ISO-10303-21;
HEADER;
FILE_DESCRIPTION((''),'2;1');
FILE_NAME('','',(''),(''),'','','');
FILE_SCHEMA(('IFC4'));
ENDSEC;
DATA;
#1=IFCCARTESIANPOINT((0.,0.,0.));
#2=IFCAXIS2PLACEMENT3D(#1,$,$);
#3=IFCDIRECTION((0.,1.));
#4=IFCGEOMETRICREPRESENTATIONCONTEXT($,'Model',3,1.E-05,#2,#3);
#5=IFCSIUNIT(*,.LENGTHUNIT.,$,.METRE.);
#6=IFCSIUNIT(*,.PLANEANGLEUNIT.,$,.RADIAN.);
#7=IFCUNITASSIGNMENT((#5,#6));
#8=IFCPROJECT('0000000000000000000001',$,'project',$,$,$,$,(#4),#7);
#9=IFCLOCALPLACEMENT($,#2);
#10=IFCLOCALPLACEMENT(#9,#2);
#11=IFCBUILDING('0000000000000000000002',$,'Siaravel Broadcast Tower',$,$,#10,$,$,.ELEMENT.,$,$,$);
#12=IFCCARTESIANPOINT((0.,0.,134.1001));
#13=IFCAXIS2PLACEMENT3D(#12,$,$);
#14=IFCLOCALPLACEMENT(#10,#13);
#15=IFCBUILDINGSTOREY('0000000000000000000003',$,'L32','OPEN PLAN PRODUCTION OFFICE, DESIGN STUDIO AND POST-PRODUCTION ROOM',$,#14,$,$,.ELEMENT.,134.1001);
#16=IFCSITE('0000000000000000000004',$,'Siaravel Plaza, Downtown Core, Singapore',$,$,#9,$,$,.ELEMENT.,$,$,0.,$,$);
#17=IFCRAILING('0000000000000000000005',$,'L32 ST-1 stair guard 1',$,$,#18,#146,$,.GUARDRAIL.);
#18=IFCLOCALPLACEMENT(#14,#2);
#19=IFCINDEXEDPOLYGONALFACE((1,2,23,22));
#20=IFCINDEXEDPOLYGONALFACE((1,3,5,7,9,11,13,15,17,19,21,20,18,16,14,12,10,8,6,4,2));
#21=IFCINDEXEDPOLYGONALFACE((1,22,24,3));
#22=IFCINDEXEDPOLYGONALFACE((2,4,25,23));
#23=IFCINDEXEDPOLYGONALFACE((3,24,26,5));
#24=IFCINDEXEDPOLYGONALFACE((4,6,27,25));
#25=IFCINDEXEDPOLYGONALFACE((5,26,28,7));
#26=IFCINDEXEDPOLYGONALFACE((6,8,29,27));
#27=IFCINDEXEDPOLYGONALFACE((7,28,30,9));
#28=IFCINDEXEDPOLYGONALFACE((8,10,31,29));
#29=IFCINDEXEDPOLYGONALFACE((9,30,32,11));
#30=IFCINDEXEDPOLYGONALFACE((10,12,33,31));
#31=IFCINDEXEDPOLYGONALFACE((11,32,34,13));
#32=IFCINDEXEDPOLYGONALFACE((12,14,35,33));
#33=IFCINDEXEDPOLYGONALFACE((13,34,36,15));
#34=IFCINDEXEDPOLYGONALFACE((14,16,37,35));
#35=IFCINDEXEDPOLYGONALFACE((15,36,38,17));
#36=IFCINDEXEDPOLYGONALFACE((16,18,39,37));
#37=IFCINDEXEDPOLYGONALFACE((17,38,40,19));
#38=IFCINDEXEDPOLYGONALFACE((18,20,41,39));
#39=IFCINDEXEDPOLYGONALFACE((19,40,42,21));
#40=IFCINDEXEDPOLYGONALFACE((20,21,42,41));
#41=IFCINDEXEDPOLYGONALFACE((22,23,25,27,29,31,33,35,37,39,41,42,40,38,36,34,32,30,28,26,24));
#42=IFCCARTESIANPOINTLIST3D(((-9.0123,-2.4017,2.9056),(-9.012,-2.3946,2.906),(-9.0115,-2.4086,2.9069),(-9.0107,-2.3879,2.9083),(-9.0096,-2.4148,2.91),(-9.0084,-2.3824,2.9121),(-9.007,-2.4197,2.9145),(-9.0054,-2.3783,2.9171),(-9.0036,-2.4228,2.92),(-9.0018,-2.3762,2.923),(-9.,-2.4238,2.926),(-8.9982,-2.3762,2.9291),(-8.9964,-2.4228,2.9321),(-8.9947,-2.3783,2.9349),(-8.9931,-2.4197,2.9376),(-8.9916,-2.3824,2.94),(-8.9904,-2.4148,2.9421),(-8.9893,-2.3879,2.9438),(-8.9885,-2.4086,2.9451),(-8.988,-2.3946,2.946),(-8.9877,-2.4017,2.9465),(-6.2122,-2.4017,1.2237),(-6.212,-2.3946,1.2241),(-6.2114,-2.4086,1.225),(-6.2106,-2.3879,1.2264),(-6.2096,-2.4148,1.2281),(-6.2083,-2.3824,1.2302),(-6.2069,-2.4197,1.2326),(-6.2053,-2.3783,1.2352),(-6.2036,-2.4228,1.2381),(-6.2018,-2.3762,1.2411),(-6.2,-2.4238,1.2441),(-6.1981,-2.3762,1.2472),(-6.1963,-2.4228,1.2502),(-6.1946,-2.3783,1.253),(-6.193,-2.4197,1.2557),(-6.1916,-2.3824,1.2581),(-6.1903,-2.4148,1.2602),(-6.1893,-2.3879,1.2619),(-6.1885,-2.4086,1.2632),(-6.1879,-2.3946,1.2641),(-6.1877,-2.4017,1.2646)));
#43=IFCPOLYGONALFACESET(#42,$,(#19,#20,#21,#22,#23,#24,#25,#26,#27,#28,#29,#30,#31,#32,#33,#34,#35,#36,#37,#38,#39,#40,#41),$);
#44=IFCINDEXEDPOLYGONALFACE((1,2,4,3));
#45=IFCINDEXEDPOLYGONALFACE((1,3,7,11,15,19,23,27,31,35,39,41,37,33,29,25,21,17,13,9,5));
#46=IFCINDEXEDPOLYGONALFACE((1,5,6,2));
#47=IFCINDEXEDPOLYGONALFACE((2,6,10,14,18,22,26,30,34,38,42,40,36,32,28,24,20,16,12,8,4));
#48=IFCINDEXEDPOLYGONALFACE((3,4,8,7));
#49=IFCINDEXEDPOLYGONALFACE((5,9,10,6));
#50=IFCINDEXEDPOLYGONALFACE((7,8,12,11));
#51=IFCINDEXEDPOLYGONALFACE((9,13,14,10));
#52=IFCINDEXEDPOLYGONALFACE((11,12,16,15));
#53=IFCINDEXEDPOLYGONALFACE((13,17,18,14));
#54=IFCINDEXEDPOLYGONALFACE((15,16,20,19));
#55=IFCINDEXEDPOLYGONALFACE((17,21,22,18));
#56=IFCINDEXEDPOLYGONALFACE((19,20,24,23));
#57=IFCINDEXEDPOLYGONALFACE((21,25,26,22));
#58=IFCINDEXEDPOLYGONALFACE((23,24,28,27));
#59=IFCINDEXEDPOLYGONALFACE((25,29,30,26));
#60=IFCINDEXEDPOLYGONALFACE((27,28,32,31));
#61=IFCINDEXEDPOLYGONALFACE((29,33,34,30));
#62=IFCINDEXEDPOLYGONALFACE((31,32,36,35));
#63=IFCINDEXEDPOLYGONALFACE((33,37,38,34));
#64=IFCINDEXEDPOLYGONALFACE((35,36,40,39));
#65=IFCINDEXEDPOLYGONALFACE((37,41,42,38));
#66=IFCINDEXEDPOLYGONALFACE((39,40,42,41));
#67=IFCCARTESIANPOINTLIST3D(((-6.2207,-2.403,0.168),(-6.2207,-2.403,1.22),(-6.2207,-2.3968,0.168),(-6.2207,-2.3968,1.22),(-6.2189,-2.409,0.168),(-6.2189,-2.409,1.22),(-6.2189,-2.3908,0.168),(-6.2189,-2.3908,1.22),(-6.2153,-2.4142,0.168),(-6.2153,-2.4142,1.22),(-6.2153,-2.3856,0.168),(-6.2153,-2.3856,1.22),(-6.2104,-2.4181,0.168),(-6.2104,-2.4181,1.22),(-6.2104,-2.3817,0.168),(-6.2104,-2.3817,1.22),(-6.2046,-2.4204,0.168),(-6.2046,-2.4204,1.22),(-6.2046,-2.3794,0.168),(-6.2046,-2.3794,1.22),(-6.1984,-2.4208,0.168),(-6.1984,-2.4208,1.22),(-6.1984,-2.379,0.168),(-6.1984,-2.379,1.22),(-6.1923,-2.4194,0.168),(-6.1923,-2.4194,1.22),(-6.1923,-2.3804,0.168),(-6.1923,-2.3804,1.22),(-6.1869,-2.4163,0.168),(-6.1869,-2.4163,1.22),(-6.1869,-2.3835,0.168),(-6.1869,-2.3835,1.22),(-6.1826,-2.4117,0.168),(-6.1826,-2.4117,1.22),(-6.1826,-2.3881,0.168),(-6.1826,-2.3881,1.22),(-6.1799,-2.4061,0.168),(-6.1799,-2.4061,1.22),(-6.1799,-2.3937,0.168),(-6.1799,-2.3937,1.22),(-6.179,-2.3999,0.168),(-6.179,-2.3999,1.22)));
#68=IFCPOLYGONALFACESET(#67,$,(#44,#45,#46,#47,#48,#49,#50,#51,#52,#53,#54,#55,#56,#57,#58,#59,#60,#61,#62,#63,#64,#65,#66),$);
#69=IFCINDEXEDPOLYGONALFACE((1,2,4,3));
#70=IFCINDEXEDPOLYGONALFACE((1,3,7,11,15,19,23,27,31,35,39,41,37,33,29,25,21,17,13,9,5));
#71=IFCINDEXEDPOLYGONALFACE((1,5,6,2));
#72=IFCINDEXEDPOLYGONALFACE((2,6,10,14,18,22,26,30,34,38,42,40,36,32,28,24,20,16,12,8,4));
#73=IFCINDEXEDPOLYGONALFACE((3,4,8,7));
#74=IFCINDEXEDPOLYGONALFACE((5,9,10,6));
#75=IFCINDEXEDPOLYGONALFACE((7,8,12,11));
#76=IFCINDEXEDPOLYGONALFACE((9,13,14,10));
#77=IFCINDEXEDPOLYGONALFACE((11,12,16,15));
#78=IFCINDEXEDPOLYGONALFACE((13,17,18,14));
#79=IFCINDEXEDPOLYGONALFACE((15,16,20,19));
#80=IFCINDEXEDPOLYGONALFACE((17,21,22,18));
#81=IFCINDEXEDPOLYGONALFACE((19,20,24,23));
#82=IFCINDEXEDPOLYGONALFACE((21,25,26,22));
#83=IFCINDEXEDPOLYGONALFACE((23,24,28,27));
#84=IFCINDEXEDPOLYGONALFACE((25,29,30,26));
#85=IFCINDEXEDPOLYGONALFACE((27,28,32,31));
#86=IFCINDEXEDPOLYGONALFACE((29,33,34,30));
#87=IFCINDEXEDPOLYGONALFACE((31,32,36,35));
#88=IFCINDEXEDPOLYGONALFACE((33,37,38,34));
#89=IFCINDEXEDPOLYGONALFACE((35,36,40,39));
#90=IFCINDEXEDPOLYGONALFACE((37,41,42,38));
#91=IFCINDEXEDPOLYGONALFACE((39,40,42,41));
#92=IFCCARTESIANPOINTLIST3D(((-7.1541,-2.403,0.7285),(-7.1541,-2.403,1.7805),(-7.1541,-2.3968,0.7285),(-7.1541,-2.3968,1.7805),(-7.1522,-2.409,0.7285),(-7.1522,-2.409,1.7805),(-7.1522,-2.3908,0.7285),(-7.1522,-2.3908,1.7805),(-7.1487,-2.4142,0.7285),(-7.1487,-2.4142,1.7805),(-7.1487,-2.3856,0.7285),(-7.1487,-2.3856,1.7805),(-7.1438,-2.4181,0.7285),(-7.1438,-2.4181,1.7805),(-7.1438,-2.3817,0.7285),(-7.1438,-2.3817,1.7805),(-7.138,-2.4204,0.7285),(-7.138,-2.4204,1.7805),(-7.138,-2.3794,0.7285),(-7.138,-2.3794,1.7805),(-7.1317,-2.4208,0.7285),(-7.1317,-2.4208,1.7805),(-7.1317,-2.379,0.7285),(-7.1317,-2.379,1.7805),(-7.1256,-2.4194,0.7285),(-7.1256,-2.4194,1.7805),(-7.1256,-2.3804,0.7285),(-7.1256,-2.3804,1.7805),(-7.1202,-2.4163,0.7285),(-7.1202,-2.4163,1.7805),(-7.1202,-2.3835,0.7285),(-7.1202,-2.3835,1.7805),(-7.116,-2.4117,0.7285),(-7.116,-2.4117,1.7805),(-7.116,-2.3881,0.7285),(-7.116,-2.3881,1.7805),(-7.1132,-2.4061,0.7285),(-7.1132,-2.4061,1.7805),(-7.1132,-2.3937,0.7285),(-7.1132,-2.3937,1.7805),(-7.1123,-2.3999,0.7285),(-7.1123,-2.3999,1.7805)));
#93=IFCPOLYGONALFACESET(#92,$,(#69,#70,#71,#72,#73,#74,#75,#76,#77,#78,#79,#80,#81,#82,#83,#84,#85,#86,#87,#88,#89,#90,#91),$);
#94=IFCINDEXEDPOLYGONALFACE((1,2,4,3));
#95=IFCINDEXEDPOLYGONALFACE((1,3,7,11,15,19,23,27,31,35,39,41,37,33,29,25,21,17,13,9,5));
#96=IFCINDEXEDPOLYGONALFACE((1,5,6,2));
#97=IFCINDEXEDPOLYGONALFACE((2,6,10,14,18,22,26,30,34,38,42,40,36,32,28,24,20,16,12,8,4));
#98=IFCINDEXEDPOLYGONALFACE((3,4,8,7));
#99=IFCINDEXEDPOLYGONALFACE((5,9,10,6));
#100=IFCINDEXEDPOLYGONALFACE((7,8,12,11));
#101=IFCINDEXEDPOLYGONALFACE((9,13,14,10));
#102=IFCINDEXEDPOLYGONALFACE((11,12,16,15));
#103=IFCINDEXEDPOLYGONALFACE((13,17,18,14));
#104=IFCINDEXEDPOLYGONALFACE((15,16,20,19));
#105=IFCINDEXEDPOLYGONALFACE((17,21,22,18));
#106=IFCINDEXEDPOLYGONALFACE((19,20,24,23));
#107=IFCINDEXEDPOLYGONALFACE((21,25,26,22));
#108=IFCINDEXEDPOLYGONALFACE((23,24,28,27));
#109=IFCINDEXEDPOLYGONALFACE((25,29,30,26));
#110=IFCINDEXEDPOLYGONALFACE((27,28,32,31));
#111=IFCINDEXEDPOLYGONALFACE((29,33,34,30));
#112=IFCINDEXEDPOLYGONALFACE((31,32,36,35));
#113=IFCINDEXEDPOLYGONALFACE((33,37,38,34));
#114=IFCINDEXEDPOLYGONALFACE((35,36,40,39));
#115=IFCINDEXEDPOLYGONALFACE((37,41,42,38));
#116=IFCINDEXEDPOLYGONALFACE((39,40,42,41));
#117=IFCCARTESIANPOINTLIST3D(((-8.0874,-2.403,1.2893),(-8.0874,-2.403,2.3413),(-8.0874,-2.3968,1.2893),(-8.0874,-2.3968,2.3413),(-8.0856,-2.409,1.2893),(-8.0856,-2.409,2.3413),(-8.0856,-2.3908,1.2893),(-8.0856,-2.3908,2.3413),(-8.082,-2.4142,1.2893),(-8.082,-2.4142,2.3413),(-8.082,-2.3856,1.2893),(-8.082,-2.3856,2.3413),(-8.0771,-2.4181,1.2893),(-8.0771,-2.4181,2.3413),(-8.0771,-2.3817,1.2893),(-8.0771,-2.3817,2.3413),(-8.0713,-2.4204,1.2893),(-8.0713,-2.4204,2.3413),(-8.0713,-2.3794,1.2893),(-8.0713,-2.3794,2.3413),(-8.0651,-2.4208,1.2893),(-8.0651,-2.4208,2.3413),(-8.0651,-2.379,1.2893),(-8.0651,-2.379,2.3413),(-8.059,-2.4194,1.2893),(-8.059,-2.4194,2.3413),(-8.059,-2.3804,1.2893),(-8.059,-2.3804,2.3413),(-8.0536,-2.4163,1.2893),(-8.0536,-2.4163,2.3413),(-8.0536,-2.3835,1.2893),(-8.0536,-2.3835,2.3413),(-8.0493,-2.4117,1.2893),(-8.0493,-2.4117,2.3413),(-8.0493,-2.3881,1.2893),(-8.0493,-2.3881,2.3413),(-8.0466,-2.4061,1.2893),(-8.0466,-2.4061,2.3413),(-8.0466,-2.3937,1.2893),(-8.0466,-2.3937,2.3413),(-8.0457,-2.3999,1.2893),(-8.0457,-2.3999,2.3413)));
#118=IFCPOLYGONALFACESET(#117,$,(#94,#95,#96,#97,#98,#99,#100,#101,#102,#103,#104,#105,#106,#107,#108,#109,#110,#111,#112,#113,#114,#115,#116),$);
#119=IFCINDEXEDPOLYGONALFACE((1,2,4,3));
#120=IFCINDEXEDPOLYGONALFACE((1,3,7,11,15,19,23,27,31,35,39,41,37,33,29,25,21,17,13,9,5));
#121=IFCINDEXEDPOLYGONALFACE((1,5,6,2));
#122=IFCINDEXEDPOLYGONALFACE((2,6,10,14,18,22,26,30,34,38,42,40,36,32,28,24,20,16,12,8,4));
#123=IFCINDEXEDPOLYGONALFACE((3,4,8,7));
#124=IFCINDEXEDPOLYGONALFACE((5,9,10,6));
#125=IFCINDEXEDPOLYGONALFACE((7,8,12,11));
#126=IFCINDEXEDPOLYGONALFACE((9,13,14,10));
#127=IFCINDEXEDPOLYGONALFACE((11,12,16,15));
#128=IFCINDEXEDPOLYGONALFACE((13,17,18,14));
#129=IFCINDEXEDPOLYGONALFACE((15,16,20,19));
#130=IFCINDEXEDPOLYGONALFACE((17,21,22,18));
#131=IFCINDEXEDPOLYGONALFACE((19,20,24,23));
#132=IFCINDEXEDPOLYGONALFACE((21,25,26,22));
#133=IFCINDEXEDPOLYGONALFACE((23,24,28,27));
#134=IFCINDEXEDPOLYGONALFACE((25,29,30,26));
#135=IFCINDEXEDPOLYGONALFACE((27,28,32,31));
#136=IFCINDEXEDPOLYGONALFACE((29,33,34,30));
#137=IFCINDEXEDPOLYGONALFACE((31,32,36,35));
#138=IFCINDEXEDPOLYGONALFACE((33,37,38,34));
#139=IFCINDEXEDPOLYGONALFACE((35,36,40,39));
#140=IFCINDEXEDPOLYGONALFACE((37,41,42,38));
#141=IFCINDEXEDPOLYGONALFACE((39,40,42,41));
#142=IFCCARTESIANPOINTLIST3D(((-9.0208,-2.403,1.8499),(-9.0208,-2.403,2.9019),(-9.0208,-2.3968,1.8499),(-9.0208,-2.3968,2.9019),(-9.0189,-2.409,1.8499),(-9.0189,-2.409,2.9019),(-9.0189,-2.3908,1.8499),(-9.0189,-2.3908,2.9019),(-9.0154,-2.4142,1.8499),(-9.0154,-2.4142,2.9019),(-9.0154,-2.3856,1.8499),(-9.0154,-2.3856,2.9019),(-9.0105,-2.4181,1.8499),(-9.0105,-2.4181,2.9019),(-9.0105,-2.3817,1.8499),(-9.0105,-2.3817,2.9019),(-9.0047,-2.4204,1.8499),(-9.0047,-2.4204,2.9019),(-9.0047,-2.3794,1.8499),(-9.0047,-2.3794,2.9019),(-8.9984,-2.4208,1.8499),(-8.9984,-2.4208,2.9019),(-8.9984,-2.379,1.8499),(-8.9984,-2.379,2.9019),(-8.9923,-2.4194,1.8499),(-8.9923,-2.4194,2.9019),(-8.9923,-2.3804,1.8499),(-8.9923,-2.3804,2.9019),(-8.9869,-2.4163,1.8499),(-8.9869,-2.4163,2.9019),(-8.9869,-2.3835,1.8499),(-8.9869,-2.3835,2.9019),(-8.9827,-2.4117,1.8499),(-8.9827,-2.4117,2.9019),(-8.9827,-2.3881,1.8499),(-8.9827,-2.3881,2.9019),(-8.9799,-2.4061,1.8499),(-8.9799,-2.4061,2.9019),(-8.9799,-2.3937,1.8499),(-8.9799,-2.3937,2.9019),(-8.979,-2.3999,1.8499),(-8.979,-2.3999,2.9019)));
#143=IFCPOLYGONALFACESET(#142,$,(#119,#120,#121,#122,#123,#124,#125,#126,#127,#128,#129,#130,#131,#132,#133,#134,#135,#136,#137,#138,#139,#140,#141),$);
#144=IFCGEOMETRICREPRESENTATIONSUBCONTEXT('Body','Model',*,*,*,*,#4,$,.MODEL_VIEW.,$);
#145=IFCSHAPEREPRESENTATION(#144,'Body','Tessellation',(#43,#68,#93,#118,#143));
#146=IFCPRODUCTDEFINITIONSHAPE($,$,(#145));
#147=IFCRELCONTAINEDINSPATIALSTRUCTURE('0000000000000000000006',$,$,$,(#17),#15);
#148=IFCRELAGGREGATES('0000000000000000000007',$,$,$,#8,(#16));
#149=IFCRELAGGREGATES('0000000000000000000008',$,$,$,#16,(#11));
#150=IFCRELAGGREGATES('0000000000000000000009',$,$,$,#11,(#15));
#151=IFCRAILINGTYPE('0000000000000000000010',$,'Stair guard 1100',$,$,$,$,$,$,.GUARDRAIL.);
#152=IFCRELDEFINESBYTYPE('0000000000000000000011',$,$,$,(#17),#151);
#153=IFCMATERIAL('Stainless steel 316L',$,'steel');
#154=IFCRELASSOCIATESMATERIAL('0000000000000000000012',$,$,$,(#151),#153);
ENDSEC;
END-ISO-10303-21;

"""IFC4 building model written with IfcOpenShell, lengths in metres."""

from ifc_helpers import new_model, si_unit, direction, frame, origin, origin_2d, place, context, subcontext, project, spatial, circle, extrude, material, type_object, element, save


model = new_model("IFC4")

# Units and contexts
model_context = context("Model", 3, precision=1e-05, world=origin(), true_north=direction((0.0, 1.0)))
body_context = subcontext(model_context, "Body", "Model", "MODEL_VIEW")
ifc_project = project(units=[si_unit("LENGTHUNIT", "METRE"), si_unit("PLANEANGLEUNIT", "RADIAN")], contexts=[model_context])

# Site, building, storey
site_placement = place(None, origin())
site = spatial("IfcSite", under=ifc_project, at=site_placement, Name="Siaravel Plaza, Downtown Core, Singapore", CompositionType="ELEMENT", RefElevation=0.0)
building_placement = place(site_placement, origin())
building = spatial("IfcBuilding", under=site, at=building_placement, Name="Siaravel Broadcast Tower", CompositionType="ELEMENT")
storey_placement = place(building_placement, frame((0.0, 0.0, 134.1001)))
storey = spatial("IfcBuildingStorey", under=building, at=storey_placement, Name="L32", Description="OPEN PLAN PRODUCTION OFFICE, DESIGN STUDIO AND POST-PRODUCTION ROOM", CompositionType="ELEMENT", Elevation=134.1001)

# Railing
ifc_material_1 = material(Name="Stainless steel 316L", Category="steel")
railing_type = type_object("IfcRailingType", Name="Stair guard 1100", PredefinedType="GUARDRAIL", material=ifc_material_1)
railing_1_placement = place(storey_placement, frame((-6.2, -2.3999, 0.168)))
element("IfcRailing", 1, at=railing_1_placement, inside=storey, type_object=railing_type, Name="L32 ST-1 stair guard 1", PredefinedType="GUARDRAIL", context=body_context, shape_type="SweptSolid", body=[
    extrude(circle(Radius=0.0239, at=origin_2d()), frame((0.0, 0.0, 1.0762), z_axis=(-0.857242, 0.0, 0.514913), x_axis=(0.0, -1.0, 0.0)), (0.0, 0.0, 1.0), 3.2664),
    extrude(circle(Radius=0.021, at=origin_2d()), origin(), (0.0, 0.0, 1.0), 1.052),
    extrude(circle(Radius=0.021, at=origin_2d()), frame((-0.9333, 0.0, 0.5605)), (0.0, 0.0, 1.0), 1.052),
    extrude(circle(Radius=0.021, at=origin_2d()), frame((-1.8667, 0.0, 1.1213)), (0.0, 0.0, 1.0), 1.052),
    extrude(circle(Radius=0.021, at=origin_2d()), frame((-2.8, 0.0, 1.6819)), (0.0, 0.0, 1.0), 1.052),
])

save(model, "model.ifc")
